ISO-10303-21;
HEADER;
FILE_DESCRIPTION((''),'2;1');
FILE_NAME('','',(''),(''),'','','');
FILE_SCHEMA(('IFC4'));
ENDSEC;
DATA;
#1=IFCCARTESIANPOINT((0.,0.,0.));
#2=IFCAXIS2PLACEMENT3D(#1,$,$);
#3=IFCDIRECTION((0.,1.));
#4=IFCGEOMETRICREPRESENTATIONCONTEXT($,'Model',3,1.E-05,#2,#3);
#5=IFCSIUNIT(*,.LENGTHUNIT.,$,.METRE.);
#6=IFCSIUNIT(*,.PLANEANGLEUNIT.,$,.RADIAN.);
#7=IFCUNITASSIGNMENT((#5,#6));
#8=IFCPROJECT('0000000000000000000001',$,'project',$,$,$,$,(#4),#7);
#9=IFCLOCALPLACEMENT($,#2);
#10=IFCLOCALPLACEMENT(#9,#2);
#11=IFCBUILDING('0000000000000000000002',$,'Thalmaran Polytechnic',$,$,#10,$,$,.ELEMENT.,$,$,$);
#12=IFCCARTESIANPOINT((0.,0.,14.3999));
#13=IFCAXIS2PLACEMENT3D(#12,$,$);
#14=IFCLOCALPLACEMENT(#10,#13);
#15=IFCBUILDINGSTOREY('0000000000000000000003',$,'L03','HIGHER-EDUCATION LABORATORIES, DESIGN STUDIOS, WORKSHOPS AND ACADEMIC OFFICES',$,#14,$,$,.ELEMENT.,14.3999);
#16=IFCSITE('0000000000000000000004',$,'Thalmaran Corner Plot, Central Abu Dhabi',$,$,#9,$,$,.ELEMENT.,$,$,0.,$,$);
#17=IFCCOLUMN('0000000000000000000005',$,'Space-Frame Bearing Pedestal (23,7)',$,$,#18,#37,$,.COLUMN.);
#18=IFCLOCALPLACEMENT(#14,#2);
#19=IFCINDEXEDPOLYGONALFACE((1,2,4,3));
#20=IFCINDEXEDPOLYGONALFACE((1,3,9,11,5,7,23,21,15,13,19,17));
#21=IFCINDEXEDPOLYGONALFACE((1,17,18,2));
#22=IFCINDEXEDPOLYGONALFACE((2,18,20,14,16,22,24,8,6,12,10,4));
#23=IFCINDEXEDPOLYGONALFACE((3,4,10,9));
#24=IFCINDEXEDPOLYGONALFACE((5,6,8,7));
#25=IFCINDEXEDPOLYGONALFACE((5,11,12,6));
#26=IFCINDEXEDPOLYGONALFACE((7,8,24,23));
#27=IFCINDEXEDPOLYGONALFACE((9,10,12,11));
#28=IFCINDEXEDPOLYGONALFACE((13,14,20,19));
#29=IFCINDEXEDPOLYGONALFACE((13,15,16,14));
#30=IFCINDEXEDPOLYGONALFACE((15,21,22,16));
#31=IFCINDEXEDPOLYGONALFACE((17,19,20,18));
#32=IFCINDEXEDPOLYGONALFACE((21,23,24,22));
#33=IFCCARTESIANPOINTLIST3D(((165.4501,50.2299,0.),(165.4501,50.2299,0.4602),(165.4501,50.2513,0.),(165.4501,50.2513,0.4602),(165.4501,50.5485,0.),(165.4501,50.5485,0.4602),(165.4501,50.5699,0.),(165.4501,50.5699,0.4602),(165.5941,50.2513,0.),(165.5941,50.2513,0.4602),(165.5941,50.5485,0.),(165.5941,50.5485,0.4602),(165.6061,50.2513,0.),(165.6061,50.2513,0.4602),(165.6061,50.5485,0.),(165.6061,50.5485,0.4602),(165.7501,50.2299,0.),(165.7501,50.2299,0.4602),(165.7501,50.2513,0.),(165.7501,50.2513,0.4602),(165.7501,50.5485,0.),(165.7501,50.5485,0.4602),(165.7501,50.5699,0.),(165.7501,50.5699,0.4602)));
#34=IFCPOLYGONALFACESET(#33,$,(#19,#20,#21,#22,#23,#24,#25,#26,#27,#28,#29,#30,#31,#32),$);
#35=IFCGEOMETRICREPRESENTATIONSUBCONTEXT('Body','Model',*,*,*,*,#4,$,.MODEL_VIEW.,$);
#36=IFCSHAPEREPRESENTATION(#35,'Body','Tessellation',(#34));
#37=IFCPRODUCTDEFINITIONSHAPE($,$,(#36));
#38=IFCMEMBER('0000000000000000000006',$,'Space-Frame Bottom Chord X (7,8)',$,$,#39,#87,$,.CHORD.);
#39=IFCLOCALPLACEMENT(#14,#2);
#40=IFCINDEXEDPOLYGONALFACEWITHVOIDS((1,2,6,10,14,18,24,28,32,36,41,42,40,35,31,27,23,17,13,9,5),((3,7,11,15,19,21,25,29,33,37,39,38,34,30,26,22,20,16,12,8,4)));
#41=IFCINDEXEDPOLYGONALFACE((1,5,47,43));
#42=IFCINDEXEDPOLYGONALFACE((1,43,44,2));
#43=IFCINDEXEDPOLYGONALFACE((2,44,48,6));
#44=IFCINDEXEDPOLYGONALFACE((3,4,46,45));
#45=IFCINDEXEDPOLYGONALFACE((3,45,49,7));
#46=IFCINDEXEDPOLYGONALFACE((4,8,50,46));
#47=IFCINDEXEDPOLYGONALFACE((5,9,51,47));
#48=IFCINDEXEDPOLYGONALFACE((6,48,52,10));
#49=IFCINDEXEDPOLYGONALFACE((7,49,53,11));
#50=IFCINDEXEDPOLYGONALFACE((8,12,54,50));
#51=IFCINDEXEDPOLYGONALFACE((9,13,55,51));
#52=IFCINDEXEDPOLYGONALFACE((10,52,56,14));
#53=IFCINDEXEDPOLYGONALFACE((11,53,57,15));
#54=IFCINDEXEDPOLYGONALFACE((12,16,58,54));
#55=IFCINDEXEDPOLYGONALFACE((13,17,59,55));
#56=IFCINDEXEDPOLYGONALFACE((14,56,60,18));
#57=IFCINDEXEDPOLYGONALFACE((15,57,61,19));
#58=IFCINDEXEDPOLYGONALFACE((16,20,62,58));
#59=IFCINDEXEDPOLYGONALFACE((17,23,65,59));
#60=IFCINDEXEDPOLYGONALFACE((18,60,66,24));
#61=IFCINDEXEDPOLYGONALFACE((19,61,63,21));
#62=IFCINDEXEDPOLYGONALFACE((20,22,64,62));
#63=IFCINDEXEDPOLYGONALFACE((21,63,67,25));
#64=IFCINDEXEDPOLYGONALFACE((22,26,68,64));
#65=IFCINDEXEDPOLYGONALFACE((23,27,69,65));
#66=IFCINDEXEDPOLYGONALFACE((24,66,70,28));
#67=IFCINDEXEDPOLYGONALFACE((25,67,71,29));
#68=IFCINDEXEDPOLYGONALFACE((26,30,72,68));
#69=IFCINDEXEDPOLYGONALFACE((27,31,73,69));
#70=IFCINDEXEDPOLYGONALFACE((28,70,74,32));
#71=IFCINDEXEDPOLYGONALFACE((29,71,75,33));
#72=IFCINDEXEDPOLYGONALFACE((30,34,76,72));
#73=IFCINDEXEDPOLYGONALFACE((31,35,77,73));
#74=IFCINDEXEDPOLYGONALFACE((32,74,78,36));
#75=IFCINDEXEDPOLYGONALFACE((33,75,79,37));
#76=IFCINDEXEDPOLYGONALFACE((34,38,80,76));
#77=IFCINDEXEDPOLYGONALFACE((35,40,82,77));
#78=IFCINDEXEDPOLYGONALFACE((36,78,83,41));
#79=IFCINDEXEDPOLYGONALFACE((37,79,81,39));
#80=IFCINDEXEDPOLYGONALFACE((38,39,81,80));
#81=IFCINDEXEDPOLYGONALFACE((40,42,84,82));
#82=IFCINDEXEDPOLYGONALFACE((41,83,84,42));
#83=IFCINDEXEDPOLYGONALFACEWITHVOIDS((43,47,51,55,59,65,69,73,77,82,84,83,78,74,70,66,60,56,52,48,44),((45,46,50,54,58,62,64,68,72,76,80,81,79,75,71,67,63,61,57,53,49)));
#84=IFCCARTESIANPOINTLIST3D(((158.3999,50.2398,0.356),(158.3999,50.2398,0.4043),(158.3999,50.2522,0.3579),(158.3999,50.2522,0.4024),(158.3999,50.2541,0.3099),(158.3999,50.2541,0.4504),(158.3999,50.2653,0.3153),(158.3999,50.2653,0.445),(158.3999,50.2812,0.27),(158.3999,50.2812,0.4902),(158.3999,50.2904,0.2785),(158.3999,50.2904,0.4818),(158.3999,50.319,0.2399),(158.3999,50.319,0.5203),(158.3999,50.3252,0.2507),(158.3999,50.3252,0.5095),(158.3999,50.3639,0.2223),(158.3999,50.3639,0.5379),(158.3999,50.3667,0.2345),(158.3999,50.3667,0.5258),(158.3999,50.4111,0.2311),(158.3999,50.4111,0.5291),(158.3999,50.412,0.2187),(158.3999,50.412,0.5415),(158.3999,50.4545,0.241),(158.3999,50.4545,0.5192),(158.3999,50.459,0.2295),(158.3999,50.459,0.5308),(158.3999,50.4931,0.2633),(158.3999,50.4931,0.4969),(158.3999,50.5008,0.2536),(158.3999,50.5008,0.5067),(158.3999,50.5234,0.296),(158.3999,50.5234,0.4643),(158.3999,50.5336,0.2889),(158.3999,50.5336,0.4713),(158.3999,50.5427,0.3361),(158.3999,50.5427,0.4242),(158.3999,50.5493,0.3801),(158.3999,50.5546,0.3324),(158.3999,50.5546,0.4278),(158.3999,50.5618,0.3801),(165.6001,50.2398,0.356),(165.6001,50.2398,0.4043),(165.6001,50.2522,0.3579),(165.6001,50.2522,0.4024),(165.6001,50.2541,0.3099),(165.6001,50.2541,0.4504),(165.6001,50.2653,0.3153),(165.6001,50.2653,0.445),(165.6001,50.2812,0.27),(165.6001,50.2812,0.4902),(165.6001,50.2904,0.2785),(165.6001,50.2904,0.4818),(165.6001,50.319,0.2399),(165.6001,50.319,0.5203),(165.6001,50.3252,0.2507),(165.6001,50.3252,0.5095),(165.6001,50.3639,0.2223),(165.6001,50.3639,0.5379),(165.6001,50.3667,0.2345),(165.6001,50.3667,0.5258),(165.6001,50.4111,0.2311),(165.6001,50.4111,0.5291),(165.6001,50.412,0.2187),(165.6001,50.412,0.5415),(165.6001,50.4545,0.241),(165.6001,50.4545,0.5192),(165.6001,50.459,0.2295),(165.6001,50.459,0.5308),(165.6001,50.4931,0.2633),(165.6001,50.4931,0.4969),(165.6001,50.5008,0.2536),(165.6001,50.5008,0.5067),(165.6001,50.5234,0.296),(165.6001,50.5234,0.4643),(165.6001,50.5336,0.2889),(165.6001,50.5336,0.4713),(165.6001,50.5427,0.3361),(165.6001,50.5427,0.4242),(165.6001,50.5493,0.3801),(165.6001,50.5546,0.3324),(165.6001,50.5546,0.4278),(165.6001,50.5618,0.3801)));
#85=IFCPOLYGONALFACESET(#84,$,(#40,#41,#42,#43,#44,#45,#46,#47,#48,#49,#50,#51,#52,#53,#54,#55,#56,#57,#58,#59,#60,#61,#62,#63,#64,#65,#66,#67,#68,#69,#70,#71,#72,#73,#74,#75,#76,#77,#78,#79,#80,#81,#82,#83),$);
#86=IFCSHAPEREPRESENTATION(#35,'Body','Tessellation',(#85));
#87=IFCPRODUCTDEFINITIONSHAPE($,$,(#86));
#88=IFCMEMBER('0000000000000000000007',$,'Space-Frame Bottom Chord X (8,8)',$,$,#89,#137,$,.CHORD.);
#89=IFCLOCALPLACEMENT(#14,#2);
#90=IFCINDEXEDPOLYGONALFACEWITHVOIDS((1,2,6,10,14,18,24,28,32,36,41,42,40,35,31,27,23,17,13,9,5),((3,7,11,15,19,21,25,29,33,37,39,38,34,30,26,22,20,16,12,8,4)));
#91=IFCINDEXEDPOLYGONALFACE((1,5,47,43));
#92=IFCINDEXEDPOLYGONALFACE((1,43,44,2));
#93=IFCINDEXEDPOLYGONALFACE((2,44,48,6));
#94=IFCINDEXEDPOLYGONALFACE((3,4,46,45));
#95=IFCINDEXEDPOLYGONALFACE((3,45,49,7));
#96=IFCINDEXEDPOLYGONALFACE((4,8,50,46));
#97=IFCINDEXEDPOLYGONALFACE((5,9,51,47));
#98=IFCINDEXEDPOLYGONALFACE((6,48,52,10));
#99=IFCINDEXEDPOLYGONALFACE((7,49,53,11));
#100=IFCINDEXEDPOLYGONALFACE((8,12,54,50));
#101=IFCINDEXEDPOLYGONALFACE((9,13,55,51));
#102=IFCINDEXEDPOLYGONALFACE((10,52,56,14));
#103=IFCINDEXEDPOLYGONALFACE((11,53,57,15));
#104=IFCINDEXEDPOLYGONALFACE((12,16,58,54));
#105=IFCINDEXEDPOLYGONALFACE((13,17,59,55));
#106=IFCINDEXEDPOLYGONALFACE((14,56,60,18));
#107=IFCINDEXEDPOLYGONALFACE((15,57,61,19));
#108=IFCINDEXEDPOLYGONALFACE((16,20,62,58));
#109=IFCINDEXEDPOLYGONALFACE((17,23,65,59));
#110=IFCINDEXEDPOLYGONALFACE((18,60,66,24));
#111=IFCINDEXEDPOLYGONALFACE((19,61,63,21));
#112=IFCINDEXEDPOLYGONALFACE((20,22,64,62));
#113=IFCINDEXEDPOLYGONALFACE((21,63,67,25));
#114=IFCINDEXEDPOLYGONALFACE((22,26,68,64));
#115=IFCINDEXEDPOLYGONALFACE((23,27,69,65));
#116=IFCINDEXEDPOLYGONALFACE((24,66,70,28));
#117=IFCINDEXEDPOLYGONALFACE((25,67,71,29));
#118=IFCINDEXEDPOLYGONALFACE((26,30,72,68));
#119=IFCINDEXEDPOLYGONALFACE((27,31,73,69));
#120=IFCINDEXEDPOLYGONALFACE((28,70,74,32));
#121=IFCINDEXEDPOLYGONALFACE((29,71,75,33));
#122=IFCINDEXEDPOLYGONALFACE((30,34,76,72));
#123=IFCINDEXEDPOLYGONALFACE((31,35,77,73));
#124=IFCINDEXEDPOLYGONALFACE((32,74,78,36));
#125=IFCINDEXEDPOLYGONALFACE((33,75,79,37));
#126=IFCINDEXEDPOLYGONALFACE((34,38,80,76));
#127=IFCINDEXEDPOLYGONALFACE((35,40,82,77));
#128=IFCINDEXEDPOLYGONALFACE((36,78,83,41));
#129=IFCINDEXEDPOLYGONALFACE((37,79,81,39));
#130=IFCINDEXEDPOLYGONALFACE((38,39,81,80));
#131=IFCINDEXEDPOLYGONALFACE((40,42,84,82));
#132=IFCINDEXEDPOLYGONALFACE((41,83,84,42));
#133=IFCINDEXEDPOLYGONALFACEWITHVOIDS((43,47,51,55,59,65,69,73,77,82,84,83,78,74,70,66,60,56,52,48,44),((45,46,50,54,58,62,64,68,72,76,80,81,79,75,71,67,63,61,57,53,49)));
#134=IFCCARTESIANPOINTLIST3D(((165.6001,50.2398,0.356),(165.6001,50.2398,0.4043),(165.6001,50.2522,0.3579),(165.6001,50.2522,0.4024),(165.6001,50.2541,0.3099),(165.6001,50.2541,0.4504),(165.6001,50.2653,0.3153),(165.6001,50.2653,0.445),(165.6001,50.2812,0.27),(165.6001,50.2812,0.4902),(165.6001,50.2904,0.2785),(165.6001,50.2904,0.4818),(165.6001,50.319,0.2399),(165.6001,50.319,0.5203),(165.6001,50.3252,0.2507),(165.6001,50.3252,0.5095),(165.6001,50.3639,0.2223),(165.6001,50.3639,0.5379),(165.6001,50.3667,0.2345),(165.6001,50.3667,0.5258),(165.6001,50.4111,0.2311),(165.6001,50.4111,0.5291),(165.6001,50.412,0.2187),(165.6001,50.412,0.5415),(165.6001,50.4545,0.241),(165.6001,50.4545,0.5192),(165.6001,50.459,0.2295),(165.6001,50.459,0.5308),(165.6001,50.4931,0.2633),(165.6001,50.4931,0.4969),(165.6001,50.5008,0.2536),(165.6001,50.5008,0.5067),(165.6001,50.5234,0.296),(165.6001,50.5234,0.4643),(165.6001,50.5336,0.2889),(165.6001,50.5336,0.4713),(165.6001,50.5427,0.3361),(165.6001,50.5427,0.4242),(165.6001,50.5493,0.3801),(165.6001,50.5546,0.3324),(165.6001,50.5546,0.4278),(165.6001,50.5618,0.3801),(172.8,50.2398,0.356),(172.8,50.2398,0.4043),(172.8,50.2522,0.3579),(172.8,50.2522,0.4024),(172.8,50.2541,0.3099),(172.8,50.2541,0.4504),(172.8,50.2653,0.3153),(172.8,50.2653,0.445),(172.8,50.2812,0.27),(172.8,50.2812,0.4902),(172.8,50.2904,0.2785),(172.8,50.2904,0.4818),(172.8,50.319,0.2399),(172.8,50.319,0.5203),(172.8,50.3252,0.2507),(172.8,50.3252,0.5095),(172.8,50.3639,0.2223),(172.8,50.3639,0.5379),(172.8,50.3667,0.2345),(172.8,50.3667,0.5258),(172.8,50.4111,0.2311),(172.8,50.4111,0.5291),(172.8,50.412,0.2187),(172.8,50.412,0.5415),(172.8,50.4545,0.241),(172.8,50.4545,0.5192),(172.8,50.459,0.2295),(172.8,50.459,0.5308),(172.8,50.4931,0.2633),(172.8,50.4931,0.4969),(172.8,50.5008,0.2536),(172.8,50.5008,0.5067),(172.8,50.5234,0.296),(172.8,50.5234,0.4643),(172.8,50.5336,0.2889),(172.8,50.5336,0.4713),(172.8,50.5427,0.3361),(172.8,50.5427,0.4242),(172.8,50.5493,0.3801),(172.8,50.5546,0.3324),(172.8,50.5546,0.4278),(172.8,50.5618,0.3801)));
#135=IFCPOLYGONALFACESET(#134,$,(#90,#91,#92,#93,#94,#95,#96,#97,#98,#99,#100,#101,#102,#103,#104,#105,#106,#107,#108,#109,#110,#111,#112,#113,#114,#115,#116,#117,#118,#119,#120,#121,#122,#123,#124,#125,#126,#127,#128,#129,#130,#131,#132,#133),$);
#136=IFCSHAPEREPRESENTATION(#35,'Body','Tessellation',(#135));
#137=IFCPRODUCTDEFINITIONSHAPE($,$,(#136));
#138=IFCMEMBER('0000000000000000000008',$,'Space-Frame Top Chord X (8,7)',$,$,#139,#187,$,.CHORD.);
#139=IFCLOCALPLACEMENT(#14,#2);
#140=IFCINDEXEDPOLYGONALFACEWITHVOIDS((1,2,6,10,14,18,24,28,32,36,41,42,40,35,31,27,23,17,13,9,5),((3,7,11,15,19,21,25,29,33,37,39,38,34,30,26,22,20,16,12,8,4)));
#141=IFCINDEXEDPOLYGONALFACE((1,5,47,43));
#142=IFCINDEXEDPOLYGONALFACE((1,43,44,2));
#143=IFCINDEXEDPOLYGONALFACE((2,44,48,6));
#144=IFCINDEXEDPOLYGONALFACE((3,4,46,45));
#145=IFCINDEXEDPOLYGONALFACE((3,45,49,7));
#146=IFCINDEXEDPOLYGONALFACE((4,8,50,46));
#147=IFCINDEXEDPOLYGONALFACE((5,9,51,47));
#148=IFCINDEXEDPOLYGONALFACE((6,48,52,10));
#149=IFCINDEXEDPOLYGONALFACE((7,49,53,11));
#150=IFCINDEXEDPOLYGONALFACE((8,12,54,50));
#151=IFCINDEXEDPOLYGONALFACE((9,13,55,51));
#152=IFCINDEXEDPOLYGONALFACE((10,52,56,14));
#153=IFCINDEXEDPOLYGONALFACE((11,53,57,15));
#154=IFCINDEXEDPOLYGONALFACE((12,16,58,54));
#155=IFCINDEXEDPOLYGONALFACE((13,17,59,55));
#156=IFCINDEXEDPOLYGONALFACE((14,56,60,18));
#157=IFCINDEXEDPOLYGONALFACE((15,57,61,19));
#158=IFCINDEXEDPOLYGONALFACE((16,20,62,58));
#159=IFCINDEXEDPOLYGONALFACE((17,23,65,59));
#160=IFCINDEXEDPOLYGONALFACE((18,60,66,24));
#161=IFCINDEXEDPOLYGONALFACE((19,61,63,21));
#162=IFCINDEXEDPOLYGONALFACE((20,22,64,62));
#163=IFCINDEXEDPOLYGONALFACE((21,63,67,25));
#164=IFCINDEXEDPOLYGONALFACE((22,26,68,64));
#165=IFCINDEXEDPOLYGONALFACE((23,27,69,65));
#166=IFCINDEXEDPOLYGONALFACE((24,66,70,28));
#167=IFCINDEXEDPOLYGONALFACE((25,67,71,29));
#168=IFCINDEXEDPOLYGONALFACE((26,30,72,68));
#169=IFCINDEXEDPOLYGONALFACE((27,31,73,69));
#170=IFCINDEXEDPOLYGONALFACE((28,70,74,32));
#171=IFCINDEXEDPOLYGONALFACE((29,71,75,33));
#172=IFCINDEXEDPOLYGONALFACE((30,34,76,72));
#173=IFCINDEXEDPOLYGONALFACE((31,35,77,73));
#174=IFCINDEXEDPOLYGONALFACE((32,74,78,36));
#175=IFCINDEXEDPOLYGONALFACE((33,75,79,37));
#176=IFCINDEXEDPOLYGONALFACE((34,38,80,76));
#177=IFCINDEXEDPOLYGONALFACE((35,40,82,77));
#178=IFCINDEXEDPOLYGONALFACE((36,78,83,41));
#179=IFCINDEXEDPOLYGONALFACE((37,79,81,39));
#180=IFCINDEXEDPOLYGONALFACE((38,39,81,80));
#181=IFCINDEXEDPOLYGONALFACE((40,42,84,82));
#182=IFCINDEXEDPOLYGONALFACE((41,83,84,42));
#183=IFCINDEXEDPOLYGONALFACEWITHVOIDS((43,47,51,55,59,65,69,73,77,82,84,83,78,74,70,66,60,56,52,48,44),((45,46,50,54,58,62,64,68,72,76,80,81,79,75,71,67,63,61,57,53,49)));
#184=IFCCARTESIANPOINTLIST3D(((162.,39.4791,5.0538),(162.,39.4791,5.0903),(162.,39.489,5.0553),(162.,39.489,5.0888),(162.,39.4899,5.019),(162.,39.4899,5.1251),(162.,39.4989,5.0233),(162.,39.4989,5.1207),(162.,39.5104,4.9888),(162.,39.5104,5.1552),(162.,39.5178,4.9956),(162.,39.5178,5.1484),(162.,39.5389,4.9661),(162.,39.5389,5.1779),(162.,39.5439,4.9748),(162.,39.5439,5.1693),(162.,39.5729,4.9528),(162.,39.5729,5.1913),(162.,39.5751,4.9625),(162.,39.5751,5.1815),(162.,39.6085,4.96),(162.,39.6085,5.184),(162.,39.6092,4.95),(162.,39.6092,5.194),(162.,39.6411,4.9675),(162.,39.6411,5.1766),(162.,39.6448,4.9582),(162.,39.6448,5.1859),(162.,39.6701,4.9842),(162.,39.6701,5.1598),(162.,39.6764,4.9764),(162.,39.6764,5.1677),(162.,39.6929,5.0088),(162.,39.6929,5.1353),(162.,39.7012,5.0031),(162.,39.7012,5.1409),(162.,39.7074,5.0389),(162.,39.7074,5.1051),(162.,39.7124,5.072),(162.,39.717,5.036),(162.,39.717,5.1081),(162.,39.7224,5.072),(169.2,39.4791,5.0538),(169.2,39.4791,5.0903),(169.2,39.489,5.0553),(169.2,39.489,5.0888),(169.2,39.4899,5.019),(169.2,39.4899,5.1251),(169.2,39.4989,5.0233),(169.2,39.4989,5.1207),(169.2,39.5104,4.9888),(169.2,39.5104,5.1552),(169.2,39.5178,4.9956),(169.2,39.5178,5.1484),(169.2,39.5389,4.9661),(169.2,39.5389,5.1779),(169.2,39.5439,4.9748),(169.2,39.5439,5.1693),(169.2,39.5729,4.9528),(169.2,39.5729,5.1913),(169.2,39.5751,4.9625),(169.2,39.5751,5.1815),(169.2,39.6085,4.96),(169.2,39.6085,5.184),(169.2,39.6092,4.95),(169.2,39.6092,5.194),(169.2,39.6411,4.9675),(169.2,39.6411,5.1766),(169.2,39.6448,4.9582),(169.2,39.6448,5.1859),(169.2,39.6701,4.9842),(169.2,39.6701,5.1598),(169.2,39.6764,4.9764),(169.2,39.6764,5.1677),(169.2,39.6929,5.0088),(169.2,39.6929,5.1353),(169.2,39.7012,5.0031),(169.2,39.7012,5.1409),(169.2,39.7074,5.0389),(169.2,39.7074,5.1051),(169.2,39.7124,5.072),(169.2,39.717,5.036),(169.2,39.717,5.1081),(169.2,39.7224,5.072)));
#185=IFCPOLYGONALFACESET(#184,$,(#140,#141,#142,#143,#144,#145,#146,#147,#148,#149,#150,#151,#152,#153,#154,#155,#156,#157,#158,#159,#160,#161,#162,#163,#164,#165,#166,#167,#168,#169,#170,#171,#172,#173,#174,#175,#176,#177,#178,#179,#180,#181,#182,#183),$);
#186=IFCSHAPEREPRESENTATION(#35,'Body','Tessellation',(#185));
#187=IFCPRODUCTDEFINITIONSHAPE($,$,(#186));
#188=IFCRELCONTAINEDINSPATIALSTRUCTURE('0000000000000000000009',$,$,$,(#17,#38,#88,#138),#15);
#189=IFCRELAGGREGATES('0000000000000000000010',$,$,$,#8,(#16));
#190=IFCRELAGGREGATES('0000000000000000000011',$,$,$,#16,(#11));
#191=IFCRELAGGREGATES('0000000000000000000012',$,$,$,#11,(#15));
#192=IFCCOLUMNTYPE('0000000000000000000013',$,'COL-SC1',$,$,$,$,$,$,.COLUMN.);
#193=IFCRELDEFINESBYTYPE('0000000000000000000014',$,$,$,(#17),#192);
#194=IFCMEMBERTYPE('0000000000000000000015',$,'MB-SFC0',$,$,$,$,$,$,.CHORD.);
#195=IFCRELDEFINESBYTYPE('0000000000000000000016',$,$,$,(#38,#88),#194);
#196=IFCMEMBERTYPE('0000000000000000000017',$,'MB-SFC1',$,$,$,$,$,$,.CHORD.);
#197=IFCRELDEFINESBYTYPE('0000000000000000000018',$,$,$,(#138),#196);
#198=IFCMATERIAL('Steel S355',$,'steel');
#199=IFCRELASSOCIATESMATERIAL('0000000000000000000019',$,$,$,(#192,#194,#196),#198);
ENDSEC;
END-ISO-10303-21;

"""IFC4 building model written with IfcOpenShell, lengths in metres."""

from ifc_helpers import new_model, si_unit, direction, frame, origin, origin_2d, place, context, subcontext, project, spatial, hollow_circle, i_section, extrude, material, material_profile, profile_set, type_object, element, save


model = new_model("IFC4")

# Units and contexts
model_context = context("Model", 3, precision=1e-05, world=origin(), true_north=direction((0.0, 1.0)))
body_context = subcontext(model_context, "Body", "Model", "MODEL_VIEW")
ifc_project = project(units=[si_unit("LENGTHUNIT", "METRE"), si_unit("PLANEANGLEUNIT", "RADIAN")], contexts=[model_context])

# Site, building, storey
site_placement = place(None, origin())
site = spatial("IfcSite", under=ifc_project, at=site_placement, Name="Thalmaran Corner Plot, Central Abu Dhabi", CompositionType="ELEMENT", RefElevation=0.0)
building_placement = place(site_placement, origin())
building = spatial("IfcBuilding", under=site, at=building_placement, Name="Thalmaran Polytechnic", CompositionType="ELEMENT")
storey_placement = place(building_placement, frame((0.0, 0.0, 14.3999)))
storey = spatial("IfcBuildingStorey", under=building, at=storey_placement, Name="L03", Description="HIGHER-EDUCATION LABORATORIES, DESIGN STUDIOS, WORKSHOPS AND ACADEMIC OFFICES", CompositionType="ELEMENT", Elevation=14.3999)

# Column
ifc_material_1 = material(Name="Steel S355", Category="steel")
ifc_material_profile_1 = material_profile(ifc_material_1, i_section(OverallWidth=0.3, OverallDepth=0.3401, WebThickness=0.012, FlangeThickness=0.0215, at=origin_2d()), Name="HEB 340")
ifc_profile_set_1 = profile_set([ifc_material_profile_1], Name="Steel S355")
column_type = type_object("IfcColumnType", Name="COL-SC1", PredefinedType="COLUMN", material=ifc_profile_set_1)
column_placement = place(storey_placement, frame((165.6001, 50.3999, 0.0), z_axis=(0.0, 0.0, 1.0), x_axis=(1.0, 0.0, 0.0)))
element("IfcColumn", 1, at=column_placement, inside=storey, type_object=column_type, Name="Space-Frame Bearing Pedestal (23,7)", PredefinedType="COLUMN", context=body_context, shape_type="SweptSolid", body=[
    extrude(i_section(OverallWidth=0.3, OverallDepth=0.3401, WebThickness=0.012, FlangeThickness=0.0215, at=origin_2d()), origin(), (0.0, 0.0, 1.0), 0.4602),
])

# Members
ifc_material_profile_2 = material_profile(ifc_material_1, hollow_circle(Radius=0.1619, WallThickness=0.0125, at=origin_2d()), Name="CHS 323.9x12.5")
ifc_profile_set_2 = profile_set([ifc_material_profile_2], Name="Steel S355")
member_type_1 = type_object("IfcMemberType", Name="MB-SFC0", PredefinedType="CHORD", material=ifc_profile_set_2)
member_1_placement = place(storey_placement, frame((158.3999, 50.3999, 0.3801), z_axis=(1.0, 0.0, 0.0), x_axis=(0.0, 1.0, 0.0)))
element("IfcMember", 2, at=member_1_placement, inside=storey, type_object=member_type_1, Name="Space-Frame Bottom Chord X (7,8)", PredefinedType="CHORD", context=body_context, shape_type="SweptSolid", body=[
    extrude(hollow_circle(Radius=0.1619, WallThickness=0.0125, at=origin_2d()), origin(), (0.0, 0.0, 1.0), 7.2002),
])
member_2_placement = place(storey_placement, frame((165.6001, 50.3999, 0.3801), z_axis=(1.0, 0.0, 0.0), x_axis=(0.0, 1.0, 0.0)))
element("IfcMember", 3, at=member_2_placement, inside=storey, type_object=member_type_1, Name="Space-Frame Bottom Chord X (8,8)", PredefinedType="CHORD", context=body_context, shape_type="SweptSolid", body=[
    extrude(hollow_circle(Radius=0.1619, WallThickness=0.0125, at=origin_2d()), origin(), (0.0, 0.0, 1.0), 7.2),
])
ifc_material_profile_3 = material_profile(ifc_material_1, hollow_circle(Radius=0.1223, WallThickness=0.01, at=origin_2d()), Name="CHS 244.5x10.0")
ifc_profile_set_3 = profile_set([ifc_material_profile_3], Name="Steel S355")
member_type_2 = type_object("IfcMemberType", Name="MB-SFC1", PredefinedType="CHORD", material=ifc_profile_set_3)
for number, where, z_axis, x_axis, name in (
    (4, (162.0, 39.6001, 5.072), (1.0, 0.0, 0.0), (0.0, 1.0, 0.0), "Space-Frame Top Chord X (8,7)"),
):
    element("IfcMember", number, at=place(storey_placement, frame(where, z_axis=z_axis, x_axis=x_axis)), inside=storey, type_object=member_type_2, Name=name, PredefinedType="CHORD", context=body_context, shape_type="SweptSolid", body=[
        extrude(hollow_circle(Radius=0.1223, WallThickness=0.01, at=origin_2d()), origin(), (0.0, 0.0, 1.0), 7.2),
    ])

save(model, "model.ifc")
